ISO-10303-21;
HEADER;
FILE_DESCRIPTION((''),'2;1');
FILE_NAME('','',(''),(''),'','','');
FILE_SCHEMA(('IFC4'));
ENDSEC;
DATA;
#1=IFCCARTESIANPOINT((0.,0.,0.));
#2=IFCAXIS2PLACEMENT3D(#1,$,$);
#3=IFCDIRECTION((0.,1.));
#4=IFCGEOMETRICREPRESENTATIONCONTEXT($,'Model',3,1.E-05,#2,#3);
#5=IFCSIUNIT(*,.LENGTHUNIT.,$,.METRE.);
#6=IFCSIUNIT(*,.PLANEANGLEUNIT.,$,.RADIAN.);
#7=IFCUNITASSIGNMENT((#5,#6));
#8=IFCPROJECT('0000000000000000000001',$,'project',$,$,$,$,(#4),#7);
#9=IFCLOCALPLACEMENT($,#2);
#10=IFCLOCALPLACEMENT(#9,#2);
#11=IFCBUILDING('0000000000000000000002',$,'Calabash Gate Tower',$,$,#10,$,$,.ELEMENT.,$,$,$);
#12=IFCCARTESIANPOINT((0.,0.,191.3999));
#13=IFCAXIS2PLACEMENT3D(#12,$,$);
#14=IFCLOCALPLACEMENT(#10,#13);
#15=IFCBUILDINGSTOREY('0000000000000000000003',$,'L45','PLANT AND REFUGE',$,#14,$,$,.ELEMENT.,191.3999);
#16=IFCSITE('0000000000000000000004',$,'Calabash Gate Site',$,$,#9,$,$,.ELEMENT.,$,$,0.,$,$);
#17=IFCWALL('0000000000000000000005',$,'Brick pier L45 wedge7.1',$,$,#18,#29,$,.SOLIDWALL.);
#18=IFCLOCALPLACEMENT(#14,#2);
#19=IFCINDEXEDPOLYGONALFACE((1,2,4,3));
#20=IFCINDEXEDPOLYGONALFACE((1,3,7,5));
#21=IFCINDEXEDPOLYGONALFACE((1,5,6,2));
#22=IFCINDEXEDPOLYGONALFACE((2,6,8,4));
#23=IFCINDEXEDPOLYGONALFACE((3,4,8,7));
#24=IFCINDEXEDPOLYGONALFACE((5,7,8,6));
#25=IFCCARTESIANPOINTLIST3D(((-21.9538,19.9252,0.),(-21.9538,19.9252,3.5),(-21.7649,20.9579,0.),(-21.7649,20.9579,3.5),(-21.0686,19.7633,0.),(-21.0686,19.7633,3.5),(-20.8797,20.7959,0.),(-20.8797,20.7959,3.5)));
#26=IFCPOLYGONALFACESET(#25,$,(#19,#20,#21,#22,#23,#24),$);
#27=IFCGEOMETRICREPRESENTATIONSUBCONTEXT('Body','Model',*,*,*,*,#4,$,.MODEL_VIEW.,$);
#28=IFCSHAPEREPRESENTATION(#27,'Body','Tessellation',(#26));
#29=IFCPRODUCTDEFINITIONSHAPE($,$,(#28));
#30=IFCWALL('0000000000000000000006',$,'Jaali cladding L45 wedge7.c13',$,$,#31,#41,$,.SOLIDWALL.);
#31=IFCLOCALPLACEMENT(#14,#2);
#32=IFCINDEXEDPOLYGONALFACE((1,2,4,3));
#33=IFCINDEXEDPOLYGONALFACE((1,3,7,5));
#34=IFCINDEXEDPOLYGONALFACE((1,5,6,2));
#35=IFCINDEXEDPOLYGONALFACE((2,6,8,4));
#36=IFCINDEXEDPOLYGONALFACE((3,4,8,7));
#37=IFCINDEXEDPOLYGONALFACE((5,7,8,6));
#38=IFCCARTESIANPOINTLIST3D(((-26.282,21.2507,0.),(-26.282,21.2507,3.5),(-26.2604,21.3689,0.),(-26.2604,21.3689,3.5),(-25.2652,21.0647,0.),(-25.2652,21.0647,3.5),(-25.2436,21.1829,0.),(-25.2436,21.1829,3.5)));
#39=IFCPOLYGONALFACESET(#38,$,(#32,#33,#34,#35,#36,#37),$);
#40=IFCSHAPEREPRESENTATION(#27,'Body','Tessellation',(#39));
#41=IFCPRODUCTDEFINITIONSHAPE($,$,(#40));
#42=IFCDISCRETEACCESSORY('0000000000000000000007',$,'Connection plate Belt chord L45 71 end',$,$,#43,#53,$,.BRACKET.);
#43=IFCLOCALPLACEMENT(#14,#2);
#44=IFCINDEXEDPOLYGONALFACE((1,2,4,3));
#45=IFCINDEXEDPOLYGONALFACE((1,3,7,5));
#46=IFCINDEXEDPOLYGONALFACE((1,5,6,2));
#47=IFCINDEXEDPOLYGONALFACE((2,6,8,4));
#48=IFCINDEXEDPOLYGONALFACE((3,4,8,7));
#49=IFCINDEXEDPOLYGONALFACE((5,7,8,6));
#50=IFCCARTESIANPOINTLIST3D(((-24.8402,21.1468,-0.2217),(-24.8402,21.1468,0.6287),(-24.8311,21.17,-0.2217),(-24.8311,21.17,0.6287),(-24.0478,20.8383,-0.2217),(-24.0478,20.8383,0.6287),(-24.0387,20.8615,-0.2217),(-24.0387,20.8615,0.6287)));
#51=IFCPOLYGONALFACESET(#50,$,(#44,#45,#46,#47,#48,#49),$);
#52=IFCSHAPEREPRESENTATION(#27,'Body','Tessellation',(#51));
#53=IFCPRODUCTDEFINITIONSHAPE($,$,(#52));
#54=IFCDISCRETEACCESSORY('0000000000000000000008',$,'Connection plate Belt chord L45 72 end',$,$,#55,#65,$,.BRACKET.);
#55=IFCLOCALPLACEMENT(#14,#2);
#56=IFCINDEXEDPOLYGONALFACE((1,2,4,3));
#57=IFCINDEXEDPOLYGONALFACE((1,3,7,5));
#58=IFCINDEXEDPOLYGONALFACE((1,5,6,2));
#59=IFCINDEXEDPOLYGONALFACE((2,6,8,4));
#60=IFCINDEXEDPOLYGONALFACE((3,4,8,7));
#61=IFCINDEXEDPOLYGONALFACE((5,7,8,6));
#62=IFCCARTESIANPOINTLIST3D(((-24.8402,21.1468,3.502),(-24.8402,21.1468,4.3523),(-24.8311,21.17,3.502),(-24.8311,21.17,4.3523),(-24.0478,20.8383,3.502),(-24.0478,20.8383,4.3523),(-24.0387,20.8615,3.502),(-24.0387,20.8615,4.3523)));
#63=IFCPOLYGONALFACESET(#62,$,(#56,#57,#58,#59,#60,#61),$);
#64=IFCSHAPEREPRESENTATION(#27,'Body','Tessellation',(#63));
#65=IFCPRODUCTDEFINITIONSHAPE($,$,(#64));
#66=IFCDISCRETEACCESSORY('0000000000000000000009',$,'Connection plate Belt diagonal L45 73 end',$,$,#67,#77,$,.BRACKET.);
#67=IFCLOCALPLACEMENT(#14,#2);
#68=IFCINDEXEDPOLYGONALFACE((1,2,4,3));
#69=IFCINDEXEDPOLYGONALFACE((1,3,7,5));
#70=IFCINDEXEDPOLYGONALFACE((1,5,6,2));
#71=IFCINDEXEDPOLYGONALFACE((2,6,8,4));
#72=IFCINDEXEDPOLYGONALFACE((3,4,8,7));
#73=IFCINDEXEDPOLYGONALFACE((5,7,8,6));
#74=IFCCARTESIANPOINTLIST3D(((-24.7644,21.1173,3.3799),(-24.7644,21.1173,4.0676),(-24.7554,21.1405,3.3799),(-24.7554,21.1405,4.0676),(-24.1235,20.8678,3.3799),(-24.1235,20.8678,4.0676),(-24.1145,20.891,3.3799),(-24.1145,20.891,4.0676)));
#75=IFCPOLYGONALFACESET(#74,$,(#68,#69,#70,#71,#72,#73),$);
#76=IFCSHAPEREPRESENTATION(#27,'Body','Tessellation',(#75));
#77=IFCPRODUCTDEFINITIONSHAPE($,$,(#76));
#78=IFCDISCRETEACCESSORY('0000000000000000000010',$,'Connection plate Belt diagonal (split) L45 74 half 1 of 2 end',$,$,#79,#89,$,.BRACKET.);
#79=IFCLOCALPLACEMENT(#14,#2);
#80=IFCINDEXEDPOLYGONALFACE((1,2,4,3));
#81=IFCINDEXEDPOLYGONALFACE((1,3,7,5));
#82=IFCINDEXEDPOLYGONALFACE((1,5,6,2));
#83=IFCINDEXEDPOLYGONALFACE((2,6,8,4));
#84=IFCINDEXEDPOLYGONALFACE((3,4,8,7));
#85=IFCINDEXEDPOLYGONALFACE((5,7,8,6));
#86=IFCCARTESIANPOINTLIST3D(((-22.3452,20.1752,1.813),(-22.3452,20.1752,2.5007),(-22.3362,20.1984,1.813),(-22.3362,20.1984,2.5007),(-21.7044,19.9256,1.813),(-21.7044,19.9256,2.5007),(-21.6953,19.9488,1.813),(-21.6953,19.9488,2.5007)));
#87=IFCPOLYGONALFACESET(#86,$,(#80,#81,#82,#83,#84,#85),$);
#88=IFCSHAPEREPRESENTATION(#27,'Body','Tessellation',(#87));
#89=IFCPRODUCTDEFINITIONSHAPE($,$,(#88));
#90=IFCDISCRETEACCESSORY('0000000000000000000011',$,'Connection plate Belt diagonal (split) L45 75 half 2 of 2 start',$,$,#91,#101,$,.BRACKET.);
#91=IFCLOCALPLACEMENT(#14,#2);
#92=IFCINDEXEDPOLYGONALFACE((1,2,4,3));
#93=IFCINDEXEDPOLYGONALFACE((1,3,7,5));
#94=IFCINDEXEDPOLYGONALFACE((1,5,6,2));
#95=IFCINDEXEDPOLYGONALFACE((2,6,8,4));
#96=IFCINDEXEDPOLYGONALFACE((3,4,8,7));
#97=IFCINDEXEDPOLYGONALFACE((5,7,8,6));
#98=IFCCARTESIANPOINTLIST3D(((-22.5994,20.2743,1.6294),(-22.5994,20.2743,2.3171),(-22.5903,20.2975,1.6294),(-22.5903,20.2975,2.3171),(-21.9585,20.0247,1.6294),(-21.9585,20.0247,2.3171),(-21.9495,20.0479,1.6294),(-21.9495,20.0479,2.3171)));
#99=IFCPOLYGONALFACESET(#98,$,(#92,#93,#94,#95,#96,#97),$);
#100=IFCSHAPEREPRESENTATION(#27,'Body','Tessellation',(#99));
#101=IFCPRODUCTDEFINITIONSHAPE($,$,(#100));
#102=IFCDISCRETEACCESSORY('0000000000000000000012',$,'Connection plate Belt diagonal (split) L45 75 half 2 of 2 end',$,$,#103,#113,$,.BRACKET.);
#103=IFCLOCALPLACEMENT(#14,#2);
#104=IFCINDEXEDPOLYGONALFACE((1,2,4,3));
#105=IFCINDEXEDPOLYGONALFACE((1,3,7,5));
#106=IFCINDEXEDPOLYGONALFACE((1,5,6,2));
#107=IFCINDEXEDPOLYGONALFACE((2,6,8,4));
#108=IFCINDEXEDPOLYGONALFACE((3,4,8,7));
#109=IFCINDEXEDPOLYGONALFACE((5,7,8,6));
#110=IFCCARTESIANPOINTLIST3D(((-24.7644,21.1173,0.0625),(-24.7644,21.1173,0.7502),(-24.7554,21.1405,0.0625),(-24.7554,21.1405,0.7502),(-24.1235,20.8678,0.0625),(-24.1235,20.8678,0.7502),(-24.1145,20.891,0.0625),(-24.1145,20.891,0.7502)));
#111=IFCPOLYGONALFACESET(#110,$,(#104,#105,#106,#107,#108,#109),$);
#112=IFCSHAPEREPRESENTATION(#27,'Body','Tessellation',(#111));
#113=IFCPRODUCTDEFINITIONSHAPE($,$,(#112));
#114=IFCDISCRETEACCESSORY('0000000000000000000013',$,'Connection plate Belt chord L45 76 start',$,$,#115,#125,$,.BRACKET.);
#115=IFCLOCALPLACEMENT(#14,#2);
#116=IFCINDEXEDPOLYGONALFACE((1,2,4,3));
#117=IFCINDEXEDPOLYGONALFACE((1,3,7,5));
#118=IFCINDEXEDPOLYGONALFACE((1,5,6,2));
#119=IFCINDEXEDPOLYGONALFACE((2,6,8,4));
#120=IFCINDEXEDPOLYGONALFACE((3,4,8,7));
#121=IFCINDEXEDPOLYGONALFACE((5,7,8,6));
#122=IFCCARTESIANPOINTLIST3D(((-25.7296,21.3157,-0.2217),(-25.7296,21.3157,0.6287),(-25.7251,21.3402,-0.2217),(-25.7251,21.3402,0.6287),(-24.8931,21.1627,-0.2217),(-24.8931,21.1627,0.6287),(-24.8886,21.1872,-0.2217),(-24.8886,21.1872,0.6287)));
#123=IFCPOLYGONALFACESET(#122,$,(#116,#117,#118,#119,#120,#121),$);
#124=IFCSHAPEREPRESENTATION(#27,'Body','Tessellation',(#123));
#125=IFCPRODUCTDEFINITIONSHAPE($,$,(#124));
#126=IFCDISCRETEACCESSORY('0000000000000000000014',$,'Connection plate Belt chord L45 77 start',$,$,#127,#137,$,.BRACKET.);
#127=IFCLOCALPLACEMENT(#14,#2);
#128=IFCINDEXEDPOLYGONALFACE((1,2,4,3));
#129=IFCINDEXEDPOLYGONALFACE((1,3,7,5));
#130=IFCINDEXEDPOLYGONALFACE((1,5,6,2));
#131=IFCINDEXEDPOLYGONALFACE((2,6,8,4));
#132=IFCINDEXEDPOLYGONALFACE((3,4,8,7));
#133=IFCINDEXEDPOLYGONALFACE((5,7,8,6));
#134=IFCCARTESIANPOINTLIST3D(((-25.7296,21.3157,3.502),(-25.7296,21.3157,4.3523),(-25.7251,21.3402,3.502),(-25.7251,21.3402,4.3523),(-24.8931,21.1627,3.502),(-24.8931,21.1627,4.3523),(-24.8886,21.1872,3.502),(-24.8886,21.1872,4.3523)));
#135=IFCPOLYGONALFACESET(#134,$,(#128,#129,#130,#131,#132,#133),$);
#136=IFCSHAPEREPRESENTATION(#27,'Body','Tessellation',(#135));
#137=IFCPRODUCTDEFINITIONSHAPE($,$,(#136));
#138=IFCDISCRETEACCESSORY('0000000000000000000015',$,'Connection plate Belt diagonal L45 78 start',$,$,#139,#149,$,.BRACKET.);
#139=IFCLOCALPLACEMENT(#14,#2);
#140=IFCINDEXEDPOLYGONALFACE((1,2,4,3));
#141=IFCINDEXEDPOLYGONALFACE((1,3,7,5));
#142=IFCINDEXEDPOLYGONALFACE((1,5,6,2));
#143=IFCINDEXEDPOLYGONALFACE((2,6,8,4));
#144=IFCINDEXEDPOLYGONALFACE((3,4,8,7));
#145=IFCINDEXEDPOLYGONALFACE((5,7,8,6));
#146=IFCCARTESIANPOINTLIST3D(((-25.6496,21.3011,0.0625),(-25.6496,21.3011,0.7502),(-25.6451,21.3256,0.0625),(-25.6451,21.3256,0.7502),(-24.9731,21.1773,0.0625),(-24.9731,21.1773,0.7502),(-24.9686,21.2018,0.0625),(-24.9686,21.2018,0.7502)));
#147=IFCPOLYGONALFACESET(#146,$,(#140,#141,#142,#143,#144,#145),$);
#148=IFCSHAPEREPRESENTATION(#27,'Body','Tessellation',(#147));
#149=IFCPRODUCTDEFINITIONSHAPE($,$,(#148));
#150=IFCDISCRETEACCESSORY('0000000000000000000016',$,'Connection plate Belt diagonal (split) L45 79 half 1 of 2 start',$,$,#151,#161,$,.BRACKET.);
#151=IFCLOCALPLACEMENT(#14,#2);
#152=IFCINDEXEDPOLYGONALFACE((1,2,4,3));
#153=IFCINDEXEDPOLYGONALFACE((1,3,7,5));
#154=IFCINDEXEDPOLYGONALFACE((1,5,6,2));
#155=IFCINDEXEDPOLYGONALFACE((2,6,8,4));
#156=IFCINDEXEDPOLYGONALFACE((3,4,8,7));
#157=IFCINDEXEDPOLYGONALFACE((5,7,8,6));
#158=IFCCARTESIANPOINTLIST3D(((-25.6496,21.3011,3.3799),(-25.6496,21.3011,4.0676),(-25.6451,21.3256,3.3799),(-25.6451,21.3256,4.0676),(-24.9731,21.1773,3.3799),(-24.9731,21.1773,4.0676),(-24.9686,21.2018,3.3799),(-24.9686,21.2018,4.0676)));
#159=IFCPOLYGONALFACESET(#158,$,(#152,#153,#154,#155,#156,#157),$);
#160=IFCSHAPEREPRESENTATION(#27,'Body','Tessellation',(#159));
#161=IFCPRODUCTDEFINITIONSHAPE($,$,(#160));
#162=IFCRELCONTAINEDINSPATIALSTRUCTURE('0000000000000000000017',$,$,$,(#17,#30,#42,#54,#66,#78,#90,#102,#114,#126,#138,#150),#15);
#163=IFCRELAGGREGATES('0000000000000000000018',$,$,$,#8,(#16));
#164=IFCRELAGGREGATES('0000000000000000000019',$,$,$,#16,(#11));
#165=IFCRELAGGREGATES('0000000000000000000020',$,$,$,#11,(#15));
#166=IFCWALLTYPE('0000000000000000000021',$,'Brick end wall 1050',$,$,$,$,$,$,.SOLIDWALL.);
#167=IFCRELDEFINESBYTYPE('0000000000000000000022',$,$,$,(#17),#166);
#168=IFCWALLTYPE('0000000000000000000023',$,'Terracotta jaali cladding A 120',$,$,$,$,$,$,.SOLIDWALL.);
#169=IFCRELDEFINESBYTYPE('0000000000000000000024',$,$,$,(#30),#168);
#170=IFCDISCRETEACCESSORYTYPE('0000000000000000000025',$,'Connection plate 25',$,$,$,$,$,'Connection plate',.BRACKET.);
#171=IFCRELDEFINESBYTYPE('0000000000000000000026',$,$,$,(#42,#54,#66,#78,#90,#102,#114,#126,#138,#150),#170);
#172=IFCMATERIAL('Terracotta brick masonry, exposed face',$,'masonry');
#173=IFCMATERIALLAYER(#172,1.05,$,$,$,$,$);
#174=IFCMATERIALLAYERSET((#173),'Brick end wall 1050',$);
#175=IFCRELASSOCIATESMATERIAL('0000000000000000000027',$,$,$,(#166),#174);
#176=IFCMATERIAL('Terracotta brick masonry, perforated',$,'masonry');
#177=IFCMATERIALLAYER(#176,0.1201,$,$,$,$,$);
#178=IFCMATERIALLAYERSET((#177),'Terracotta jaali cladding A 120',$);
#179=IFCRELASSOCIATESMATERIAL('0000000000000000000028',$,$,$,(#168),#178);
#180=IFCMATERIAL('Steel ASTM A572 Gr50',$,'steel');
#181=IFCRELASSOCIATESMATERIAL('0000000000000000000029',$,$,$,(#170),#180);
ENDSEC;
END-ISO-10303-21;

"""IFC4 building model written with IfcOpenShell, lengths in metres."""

from ifc_helpers import new_model, si_unit, direction, frame, frame_2d, origin, origin_2d, place, context, subcontext, project, spatial, rectangle, extrude, material, layer, layer_set, type_object, element, save


model = new_model("IFC4")

# Units and contexts
model_context = context("Model", 3, precision=1e-05, world=origin(), true_north=direction((0.0, 1.0)))
body_context = subcontext(model_context, "Body", "Model", "MODEL_VIEW")
ifc_project = project(units=[si_unit("LENGTHUNIT", "METRE"), si_unit("PLANEANGLEUNIT", "RADIAN")], contexts=[model_context])

# Site, building, storey
site_placement = place(None, origin())
site = spatial("IfcSite", under=ifc_project, at=site_placement, Name="Calabash Gate Site", CompositionType="ELEMENT", RefElevation=0.0)
building_placement = place(site_placement, origin())
building = spatial("IfcBuilding", under=site, at=building_placement, Name="Calabash Gate Tower", CompositionType="ELEMENT")
storey_placement = place(building_placement, frame((0.0, 0.0, 191.3999)))
storey = spatial("IfcBuildingStorey", under=building, at=storey_placement, Name="L45", Description="PLANT AND REFUGE", CompositionType="ELEMENT", Elevation=191.3999)

# Walls
ifc_material_1 = material(Name="Terracotta brick masonry, exposed face", Category="masonry")
ifc_layer_1 = layer(ifc_material_1, 1.05)
ifc_layer_set_1 = layer_set([ifc_layer_1], Name="Brick end wall 1050")
wall_type_1 = type_object("IfcWallType", Name="Brick end wall 1050", PredefinedType="SOLIDWALL", material=ifc_layer_set_1)
wall_1_placement = place(storey_placement, frame((-21.5112, 19.8442, 0.0), z_axis=(0.0, 0.0, 1.0), x_axis=(0.17999, 0.983668, 0.0)))
element("IfcWall", 1, at=wall_1_placement, inside=storey, type_object=wall_type_1, Name="Brick pier L45 wedge7.1", PredefinedType="SOLIDWALL", context=body_context, shape_type="SweptSolid", body=[
    extrude(rectangle(XDim=1.0498, YDim=0.8999, at=frame_2d((0.5249, 0.0))), origin(), (0.0, 0.0, 1.0), 3.5),
])
ifc_material_2 = material(Name="Terracotta brick masonry, perforated", Category="masonry")
ifc_layer_2 = layer(ifc_material_2, 0.1201)
ifc_layer_set_2 = layer_set([ifc_layer_2], Name="Terracotta jaali cladding A 120")
wall_type_2 = type_object("IfcWallType", Name="Terracotta jaali cladding A 120", PredefinedType="SOLIDWALL", material=ifc_layer_set_2)
wall_2_placement = place(storey_placement, frame((-25.2544, 21.1238, 0.0), z_axis=(0.0, 0.0, 1.0), x_axis=(-0.983673, 0.179966, 0.0)))
element("IfcWall", 2, at=wall_2_placement, inside=storey, type_object=wall_type_2, Name="Jaali cladding L45 wedge7.c13", PredefinedType="SOLIDWALL", context=body_context, shape_type="SweptSolid", body=[
    extrude(rectangle(XDim=1.0337, YDim=0.1201, at=frame_2d((0.5168, 0.0))), origin(), (0.0, 0.0, 1.0), 3.5),
])

# Discrete accessories
ifc_material_3 = material(Name="Steel ASTM A572 Gr50", Category="steel")
discrete_accessory_type = type_object("IfcDiscreteAccessoryType", Name="Connection plate 25", ElementType="Connection plate", PredefinedType="BRACKET", material=ifc_material_3)
for number, where, z_axis, x_axis, name in (
    (3, (-24.4395, 21.0042, -0.2217), (0.0, 0.0, 1.0), (-0.931827, 0.362904, 0.0), "Connection plate Belt chord L45 71 end"),
    (4, (-24.4395, 21.0042, 3.502), (0.0, 0.0, 1.0), (-0.931827, 0.362904, 0.0), "Connection plate Belt chord L45 72 end"),
):
    element("IfcDiscreteAccessory", number, at=place(storey_placement, frame(where, z_axis=z_axis, x_axis=x_axis)), inside=storey, type_object=discrete_accessory_type, Name=name, PredefinedType="BRACKET", context=body_context, shape_type="SweptSolid", body=[
        extrude(rectangle(XDim=0.8503, YDim=0.0249, at=origin_2d()), origin(), (0.0, 0.0, 1.0), 0.8503),
    ])
for number, where, z_axis, x_axis, name in (
    (5, (-24.4395, 21.0042, 3.3799), (0.0, 0.0, 1.0), (-0.931827, 0.362904, 0.0), "Connection plate Belt diagonal L45 73 end"),
    (6, (-22.0203, 20.062, 1.813), (0.0, 0.0, 1.0), (-0.931827, 0.362903, 0.0), "Connection plate Belt diagonal (split) L45 74 half 1 of 2 end"),
    (7, (-22.2744, 20.1611, 1.6294), (0.0, 0.0, 1.0), (-0.931827, 0.362903, 0.0), "Connection plate Belt diagonal (split) L45 75 half 2 of 2 start"),
    (8, (-24.4395, 21.0042, 0.0625), (0.0, 0.0, 1.0), (-0.931827, 0.362903, 0.0), "Connection plate Belt diagonal (split) L45 75 half 2 of 2 end"),
):
    element("IfcDiscreteAccessory", number, at=place(storey_placement, frame(where, z_axis=z_axis, x_axis=x_axis)), inside=storey, type_object=discrete_accessory_type, Name=name, PredefinedType="BRACKET", context=body_context, shape_type="SweptSolid", body=[
        extrude(rectangle(XDim=0.6877, YDim=0.0249, at=origin_2d()), origin(), (0.0, 0.0, 1.0), 0.6877),
    ])
for number, where, z_axis, x_axis, name in (
    (9, (-25.3091, 21.2515, -0.2217), (0.0, 0.0, 1.0), (-0.98367, 0.179982, 0.0), "Connection plate Belt chord L45 76 start"),
    (10, (-25.3091, 21.2515, 3.502), (0.0, 0.0, 1.0), (-0.98367, 0.179982, 0.0), "Connection plate Belt chord L45 77 start"),
):
    element("IfcDiscreteAccessory", number, at=place(storey_placement, frame(where, z_axis=z_axis, x_axis=x_axis)), inside=storey, type_object=discrete_accessory_type, Name=name, PredefinedType="BRACKET", context=body_context, shape_type="SweptSolid", body=[
        extrude(rectangle(XDim=0.8503, YDim=0.0249, at=origin_2d()), origin(), (0.0, 0.0, 1.0), 0.8503),
    ])
for number, where, z_axis, x_axis, name in (
    (11, (-25.3091, 21.2515, 0.0625), (0.0, 0.0, 1.0), (-0.98367, 0.179982, 0.0), "Connection plate Belt diagonal L45 78 start"),
    (12, (-25.3091, 21.2515, 3.3799), (0.0, 0.0, 1.0), (-0.98367, 0.179982, 0.0), "Connection plate Belt diagonal (split) L45 79 half 1 of 2 start"),
):
    element("IfcDiscreteAccessory", number, at=place(storey_placement, frame(where, z_axis=z_axis, x_axis=x_axis)), inside=storey, type_object=discrete_accessory_type, Name=name, PredefinedType="BRACKET", context=body_context, shape_type="SweptSolid", body=[
        extrude(rectangle(XDim=0.6877, YDim=0.0249, at=origin_2d()), origin(), (0.0, 0.0, 1.0), 0.6877),
    ])

save(model, "model.ifc")
